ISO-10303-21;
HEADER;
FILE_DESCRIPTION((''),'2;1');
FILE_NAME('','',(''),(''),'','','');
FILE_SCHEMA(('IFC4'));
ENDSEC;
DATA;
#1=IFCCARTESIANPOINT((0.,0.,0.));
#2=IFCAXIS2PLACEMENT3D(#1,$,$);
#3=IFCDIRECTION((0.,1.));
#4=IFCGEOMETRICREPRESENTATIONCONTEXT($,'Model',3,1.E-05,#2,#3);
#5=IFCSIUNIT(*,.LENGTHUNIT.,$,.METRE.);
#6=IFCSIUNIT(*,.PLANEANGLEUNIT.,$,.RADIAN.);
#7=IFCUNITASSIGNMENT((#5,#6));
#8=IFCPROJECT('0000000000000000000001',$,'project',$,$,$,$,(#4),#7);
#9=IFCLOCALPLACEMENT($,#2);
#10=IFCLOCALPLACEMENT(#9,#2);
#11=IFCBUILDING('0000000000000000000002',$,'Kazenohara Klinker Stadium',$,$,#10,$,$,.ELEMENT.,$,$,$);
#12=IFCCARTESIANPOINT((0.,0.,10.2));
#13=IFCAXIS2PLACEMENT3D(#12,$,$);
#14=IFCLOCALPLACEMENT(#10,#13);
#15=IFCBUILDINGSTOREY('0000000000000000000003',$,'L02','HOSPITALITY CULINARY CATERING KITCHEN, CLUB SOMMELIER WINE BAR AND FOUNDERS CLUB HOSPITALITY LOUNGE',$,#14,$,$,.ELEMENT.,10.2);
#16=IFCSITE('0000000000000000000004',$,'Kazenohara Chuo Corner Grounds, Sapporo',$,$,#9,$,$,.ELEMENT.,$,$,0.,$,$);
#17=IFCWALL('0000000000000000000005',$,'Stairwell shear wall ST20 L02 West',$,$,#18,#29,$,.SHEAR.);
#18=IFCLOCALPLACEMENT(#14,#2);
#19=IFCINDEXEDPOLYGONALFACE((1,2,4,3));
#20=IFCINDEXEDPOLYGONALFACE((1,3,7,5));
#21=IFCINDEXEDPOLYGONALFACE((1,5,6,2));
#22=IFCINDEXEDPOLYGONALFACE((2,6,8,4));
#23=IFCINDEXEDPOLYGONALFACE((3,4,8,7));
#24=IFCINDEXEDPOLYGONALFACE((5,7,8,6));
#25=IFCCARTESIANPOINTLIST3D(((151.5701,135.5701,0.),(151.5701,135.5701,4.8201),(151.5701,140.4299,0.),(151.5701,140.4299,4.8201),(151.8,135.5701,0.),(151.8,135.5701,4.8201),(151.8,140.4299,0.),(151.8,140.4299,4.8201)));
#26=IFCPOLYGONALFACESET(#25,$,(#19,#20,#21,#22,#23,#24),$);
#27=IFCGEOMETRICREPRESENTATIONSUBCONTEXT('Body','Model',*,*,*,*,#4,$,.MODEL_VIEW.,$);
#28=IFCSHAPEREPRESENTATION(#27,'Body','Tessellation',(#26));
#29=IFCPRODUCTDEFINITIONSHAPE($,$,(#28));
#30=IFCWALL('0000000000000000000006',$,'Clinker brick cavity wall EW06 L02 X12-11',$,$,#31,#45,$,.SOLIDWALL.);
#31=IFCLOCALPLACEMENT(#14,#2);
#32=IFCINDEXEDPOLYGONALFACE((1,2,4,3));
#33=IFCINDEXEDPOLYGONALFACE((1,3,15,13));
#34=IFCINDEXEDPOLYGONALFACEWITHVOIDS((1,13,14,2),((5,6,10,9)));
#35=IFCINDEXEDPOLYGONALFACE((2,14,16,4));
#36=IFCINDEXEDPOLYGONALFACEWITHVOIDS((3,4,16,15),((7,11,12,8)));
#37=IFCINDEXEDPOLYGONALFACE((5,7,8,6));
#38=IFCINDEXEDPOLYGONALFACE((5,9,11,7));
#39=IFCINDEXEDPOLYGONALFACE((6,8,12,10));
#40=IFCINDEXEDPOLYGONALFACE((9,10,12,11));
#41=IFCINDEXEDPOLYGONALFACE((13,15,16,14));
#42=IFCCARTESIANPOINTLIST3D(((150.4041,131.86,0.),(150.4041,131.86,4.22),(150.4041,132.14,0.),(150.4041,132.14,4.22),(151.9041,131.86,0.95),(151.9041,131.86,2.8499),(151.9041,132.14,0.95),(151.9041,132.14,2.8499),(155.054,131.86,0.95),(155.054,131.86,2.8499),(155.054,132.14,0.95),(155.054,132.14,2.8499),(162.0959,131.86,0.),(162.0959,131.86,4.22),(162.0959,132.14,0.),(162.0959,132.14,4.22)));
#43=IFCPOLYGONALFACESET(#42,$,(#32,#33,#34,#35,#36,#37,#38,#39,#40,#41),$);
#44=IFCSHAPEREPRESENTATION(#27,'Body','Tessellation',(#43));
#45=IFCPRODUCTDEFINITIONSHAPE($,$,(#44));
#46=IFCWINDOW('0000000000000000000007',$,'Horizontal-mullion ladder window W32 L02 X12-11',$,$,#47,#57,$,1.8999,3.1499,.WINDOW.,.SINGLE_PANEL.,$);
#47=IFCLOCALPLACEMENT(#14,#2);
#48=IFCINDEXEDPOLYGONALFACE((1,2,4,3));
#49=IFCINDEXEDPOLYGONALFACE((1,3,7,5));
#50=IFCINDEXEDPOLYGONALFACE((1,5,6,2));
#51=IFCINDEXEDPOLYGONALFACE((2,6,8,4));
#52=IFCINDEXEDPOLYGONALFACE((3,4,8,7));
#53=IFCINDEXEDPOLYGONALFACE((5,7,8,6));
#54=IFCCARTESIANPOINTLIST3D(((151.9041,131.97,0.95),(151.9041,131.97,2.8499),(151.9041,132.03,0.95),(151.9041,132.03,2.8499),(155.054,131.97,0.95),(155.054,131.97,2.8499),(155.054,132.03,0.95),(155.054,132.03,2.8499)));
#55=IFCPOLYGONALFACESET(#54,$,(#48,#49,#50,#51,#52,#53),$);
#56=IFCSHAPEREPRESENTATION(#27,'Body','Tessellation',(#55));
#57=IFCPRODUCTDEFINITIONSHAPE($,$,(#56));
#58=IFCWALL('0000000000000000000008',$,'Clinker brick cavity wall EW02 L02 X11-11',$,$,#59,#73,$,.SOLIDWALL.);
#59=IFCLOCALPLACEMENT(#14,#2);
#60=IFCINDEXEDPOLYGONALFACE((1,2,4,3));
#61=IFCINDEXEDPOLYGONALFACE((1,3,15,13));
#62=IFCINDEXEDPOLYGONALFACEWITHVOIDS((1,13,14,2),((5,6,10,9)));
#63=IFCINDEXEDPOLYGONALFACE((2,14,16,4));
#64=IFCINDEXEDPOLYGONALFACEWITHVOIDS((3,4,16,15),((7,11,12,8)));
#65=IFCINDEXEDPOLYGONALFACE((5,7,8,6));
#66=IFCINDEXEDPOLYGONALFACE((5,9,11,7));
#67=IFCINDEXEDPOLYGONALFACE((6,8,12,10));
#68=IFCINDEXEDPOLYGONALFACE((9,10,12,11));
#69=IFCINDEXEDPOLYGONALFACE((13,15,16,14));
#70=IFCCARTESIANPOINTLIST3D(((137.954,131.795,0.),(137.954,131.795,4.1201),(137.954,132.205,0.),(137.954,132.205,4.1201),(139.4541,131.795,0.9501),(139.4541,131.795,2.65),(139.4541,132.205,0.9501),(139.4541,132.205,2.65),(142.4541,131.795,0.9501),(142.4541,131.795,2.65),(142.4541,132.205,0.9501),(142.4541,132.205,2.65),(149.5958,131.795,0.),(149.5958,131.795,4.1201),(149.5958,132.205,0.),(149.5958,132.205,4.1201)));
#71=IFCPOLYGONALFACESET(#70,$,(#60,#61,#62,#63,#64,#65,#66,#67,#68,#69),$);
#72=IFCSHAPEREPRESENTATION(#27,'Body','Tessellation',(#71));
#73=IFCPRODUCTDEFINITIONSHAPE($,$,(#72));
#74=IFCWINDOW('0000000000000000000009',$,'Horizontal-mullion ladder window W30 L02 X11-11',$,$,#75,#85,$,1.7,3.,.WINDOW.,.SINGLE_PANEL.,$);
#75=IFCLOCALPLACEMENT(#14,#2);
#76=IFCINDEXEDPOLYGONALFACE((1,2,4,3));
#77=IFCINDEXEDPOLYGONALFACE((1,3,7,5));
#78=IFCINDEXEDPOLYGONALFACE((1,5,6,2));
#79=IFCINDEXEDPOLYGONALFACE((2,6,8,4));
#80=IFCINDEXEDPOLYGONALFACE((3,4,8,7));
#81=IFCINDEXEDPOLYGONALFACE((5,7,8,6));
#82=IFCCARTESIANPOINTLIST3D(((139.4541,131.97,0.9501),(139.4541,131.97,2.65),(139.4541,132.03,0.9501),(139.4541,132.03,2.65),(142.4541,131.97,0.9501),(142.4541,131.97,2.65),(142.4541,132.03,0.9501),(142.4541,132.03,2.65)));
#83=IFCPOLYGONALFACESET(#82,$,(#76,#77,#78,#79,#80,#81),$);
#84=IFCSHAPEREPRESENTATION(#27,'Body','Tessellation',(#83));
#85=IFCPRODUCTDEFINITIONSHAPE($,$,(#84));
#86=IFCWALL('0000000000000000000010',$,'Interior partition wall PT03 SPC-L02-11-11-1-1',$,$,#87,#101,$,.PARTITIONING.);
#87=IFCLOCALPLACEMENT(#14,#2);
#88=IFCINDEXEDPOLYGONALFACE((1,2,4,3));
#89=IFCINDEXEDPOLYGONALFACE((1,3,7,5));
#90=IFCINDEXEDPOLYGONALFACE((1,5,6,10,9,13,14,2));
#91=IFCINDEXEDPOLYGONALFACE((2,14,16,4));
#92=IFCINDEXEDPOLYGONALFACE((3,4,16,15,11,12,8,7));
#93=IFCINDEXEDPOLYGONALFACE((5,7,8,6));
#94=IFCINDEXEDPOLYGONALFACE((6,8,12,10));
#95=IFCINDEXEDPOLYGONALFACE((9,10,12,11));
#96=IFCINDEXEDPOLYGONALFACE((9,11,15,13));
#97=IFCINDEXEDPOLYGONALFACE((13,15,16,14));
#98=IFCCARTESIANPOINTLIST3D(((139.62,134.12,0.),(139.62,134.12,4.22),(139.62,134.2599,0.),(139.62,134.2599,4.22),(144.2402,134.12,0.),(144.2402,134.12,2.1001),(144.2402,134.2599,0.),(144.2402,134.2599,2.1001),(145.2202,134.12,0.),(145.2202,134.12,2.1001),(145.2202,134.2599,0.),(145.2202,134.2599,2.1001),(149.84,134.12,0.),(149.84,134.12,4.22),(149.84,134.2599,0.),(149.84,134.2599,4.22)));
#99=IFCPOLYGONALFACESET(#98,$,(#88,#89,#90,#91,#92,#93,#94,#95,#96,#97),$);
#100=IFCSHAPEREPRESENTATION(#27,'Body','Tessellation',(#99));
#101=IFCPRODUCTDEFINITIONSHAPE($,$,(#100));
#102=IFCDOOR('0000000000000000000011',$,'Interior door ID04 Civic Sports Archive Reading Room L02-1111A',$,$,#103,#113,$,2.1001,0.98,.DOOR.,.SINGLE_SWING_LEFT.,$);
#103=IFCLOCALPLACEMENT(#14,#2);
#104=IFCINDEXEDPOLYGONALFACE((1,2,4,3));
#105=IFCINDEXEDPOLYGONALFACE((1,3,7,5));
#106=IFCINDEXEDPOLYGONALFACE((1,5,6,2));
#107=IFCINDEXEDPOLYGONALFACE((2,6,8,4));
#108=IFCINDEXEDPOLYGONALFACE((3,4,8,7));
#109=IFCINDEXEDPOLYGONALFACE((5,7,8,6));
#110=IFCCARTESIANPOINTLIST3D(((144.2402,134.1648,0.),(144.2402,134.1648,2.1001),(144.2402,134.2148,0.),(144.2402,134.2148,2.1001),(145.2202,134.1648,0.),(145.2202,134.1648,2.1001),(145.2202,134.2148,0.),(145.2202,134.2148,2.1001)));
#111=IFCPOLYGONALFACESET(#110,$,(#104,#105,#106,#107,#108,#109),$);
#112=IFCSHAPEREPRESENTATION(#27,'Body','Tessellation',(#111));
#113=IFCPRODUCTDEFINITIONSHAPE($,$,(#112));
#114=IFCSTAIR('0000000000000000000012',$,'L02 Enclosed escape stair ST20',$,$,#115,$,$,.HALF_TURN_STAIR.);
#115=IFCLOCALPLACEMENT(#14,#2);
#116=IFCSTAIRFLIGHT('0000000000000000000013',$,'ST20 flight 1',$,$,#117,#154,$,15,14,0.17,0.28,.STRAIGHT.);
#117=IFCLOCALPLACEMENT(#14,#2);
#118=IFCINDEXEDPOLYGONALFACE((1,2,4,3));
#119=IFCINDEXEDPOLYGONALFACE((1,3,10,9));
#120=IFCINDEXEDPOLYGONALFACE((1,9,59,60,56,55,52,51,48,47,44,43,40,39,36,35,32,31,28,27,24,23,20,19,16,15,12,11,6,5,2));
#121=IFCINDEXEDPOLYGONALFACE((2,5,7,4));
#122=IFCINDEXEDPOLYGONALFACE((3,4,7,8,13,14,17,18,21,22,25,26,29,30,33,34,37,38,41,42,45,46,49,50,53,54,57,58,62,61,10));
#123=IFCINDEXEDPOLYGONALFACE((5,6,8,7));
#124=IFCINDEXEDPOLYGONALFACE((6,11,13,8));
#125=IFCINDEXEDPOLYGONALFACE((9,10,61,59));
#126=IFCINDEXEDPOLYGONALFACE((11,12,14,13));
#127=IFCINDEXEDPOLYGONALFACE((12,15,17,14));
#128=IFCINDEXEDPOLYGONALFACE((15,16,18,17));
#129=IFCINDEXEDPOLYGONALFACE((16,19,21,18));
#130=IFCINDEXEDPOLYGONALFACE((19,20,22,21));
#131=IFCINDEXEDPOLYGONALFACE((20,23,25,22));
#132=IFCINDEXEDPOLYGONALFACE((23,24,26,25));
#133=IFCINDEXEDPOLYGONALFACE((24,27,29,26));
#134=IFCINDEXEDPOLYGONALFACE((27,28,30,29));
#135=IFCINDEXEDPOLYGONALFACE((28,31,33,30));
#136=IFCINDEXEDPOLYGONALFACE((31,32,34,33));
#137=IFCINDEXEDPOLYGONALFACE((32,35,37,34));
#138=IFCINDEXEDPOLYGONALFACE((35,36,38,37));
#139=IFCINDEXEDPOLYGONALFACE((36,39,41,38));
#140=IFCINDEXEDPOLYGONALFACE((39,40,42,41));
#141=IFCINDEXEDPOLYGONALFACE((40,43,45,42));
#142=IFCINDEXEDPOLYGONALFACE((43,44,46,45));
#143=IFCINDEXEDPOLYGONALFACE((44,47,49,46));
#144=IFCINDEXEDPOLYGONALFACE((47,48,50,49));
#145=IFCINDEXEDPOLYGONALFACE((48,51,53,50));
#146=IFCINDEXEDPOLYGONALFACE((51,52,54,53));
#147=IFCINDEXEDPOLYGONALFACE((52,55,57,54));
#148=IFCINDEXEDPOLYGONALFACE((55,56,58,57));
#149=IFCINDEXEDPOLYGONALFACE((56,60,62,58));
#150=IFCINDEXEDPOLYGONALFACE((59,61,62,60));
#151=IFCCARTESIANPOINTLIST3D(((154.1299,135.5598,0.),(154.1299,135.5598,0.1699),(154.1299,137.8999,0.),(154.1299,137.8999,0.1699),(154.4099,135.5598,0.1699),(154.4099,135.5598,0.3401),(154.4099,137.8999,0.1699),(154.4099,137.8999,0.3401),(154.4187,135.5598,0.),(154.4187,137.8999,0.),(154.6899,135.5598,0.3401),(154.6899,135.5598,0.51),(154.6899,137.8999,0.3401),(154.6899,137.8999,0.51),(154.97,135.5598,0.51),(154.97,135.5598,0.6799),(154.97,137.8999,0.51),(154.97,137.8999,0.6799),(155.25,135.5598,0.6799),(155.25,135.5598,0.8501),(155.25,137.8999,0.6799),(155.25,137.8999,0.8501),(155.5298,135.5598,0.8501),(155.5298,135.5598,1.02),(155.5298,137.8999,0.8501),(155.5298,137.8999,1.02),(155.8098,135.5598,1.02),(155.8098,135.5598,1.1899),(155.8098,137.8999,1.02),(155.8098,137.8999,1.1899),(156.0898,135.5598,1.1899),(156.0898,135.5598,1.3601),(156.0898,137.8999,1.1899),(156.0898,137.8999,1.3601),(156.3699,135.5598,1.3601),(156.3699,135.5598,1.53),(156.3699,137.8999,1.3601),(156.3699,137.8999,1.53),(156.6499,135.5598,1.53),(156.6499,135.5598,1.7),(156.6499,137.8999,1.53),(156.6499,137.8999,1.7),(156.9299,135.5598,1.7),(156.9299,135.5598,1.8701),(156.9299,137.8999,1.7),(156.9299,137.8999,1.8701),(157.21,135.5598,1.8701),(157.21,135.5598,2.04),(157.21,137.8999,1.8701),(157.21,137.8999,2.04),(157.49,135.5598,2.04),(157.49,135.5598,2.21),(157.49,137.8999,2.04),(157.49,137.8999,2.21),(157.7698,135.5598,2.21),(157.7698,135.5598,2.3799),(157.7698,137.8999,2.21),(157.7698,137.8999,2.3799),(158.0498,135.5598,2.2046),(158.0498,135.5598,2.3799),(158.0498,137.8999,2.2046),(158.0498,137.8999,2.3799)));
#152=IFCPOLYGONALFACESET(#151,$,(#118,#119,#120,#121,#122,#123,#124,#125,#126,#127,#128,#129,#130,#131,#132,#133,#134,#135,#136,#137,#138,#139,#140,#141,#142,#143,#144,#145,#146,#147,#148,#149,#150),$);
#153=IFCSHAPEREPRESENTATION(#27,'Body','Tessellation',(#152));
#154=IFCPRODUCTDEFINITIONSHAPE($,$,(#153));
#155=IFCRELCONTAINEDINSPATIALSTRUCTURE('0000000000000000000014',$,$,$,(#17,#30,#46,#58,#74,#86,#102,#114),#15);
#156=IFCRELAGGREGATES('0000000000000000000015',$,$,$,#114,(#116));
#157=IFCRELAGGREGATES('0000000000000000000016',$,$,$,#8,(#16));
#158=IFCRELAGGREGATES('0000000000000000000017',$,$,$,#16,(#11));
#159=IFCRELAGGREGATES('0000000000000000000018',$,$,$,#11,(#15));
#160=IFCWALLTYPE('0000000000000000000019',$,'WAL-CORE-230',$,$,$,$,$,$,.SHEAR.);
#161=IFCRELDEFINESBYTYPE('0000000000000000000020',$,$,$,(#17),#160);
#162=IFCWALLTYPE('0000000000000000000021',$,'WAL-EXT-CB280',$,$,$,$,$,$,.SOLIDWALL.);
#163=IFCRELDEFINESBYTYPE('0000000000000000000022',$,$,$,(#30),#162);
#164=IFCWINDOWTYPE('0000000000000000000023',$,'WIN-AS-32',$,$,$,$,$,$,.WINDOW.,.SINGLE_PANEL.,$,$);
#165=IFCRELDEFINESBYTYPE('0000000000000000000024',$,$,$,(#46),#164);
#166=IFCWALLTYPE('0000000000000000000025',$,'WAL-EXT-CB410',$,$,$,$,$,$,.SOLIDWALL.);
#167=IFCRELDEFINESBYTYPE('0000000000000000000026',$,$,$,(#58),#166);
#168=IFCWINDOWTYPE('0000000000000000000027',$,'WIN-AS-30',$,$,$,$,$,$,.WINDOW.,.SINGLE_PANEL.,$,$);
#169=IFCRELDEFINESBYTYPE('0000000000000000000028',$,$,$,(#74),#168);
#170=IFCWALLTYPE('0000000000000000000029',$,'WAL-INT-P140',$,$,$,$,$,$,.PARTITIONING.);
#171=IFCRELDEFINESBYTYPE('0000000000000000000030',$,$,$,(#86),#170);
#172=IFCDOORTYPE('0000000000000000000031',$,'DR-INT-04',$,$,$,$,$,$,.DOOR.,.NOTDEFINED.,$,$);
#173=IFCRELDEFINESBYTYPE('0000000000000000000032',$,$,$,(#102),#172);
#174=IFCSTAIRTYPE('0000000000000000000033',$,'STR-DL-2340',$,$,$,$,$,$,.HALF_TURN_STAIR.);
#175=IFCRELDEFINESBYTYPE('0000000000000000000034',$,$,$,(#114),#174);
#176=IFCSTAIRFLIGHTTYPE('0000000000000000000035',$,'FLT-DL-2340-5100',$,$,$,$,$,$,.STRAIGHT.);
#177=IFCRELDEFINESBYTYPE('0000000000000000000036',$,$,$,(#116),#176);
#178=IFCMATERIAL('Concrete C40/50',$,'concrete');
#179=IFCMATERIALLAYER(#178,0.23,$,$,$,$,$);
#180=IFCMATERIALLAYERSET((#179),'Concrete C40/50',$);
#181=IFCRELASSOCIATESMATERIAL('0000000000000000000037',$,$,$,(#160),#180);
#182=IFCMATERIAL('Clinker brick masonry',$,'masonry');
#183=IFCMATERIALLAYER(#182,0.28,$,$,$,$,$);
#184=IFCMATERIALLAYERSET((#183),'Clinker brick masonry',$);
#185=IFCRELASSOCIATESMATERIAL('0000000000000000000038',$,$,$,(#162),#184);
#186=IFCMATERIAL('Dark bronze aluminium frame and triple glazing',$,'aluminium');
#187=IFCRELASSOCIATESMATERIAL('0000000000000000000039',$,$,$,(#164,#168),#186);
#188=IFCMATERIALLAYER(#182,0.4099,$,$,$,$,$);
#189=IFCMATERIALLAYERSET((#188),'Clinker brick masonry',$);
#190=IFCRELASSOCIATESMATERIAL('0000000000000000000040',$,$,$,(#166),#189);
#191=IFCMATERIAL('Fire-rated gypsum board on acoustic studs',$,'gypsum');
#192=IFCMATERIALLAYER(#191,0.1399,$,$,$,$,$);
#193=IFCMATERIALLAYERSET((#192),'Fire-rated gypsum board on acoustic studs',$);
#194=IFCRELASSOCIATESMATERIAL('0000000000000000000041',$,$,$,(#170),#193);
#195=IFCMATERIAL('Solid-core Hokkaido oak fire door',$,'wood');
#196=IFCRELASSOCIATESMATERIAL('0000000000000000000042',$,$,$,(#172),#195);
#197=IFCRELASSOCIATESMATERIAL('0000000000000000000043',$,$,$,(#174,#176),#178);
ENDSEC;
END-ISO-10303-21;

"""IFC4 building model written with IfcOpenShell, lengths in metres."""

from ifc_helpers import new_model, si_unit, direction, frame, frame_2d, origin, place, context, subcontext, project, spatial, polyline, rectangle, outline, extrude, material, layer, layer_set, type_object, element, fill, aggregate, save


model = new_model("IFC4")

# Units and contexts
model_context = context("Model", 3, precision=1e-05, world=origin(), true_north=direction((0.0, 1.0)))
body_context = subcontext(model_context, "Body", "Model", "MODEL_VIEW")
ifc_project = project(units=[si_unit("LENGTHUNIT", "METRE"), si_unit("PLANEANGLEUNIT", "RADIAN")], contexts=[model_context])

# Site, building, storey
site_placement = place(None, origin())
site = spatial("IfcSite", under=ifc_project, at=site_placement, Name="Kazenohara Chuo Corner Grounds, Sapporo", CompositionType="ELEMENT", RefElevation=0.0)
building_placement = place(site_placement, origin())
building = spatial("IfcBuilding", under=site, at=building_placement, Name="Kazenohara Klinker Stadium", CompositionType="ELEMENT")
storey_placement = place(building_placement, frame((0.0, 0.0, 10.2)))
storey = spatial("IfcBuildingStorey", under=building, at=storey_placement, Name="L02", Description="HOSPITALITY CULINARY CATERING KITCHEN, CLUB SOMMELIER WINE BAR AND FOUNDERS CLUB HOSPITALITY LOUNGE", CompositionType="ELEMENT", Elevation=10.2)

# Shared definitions
ifc_material_1 = material(Name="Concrete C40/50", Category="concrete")

# Shared definitions
ifc_layer_1 = layer(ifc_material_1, 0.23)
ifc_layer_set_1 = layer_set([ifc_layer_1], Name="Concrete C40/50")
wall_type_1 = type_object("IfcWallType", Name="WAL-CORE-230", PredefinedType="SHEAR", material=ifc_layer_set_1)

# Wall
wall_1_placement = place(storey_placement, frame((151.6851, 135.5701, 0.0), z_axis=(0.0, 0.0, 1.0), x_axis=(0.0, 1.0, 0.0)))
element("IfcWall", 1, at=wall_1_placement, inside=storey, type_object=wall_type_1, Name="Stairwell shear wall ST20 L02 West", PredefinedType="SHEAR", context=body_context, shape_type="SweptSolid", body=[
    extrude(rectangle(XDim=4.8599, YDim=0.23, at=frame_2d((2.4299, 0.0))), origin(), (0.0, 0.0, 1.0), 4.8201),
])

# Walls, openings, windows
ifc_material_2 = material(Name="Clinker brick masonry", Category="masonry")
ifc_layer_2 = layer(ifc_material_2, 0.28)
ifc_layer_set_2 = layer_set([ifc_layer_2], Name="Clinker brick masonry")
wall_type_2 = type_object("IfcWallType", Name="WAL-EXT-CB280", PredefinedType="SOLIDWALL", material=ifc_layer_set_2)
wall_2_placement = place(storey_placement, frame((150.4041, 132.0, 0.0), z_axis=(0.0, 0.0, 1.0), x_axis=(1.0, 0.0, 0.0)))
wall_2 = element("IfcWall", 2, at=wall_2_placement, inside=storey, type_object=wall_type_2, Name="Clinker brick cavity wall EW06 L02 X12-11", PredefinedType="SOLIDWALL", context=body_context, shape_type="SweptSolid", body=[
    extrude(rectangle(XDim=11.6919, YDim=0.28, at=frame_2d((5.8459, 0.0))), origin(), (0.0, 0.0, 1.0), 4.22),
])
opening_1_placement = place(wall_2_placement, frame((1.5, 0.0, 0.95)))
opening_1 = element("IfcOpeningElement", 3, at=opening_1_placement, cuts=wall_2, PredefinedType="OPENING", context=body_context, shape_type="SweptSolid", body=[
    extrude(rectangle(XDim=3.1499, YDim=1.8999, at=frame_2d((1.575, 0.95))), frame((0.0, 0.1499, 0.0), z_axis=(0.0, -1.0, 0.0), x_axis=(1.0, 0.0, 0.0)), (0.0, 0.0, 1.0), 0.3),
])
ifc_material_3 = material(Name="Dark bronze aluminium frame and triple glazing", Category="aluminium")
window_type_1 = type_object("IfcWindowType", Name="WIN-AS-32", PartitioningType="SINGLE_PANEL", PredefinedType="WINDOW", material=ifc_material_3)
window_1_placement = place(opening_1_placement, origin())
window_1 = element("IfcWindow", 4, at=window_1_placement, inside=storey, type_object=window_type_1, Name="Horizontal-mullion ladder window W32 L02 X12-11", OverallHeight=1.8999, OverallWidth=3.1499, PartitioningType="SINGLE_PANEL", PredefinedType="WINDOW", context=body_context, shape_type="SweptSolid", body=[
    extrude(rectangle(XDim=3.1499, YDim=1.8999, at=frame_2d((1.575, 0.95))), frame((0.0, 0.03, 0.0), z_axis=(0.0, -1.0, 0.0), x_axis=(1.0, 0.0, 0.0)), (0.0, 0.0, 1.0), 0.0601),
])
fill(opening_1, window_1)
ifc_layer_3 = layer(ifc_material_2, 0.4099)
ifc_layer_set_3 = layer_set([ifc_layer_3], Name="Clinker brick masonry")
wall_type_3 = type_object("IfcWallType", Name="WAL-EXT-CB410", PredefinedType="SOLIDWALL", material=ifc_layer_set_3)
wall_3_placement = place(storey_placement, frame((137.9541, 132.0, 0.0), z_axis=(0.0, 0.0, 1.0), x_axis=(1.0, 0.0, 0.0)))
wall_3 = element("IfcWall", 5, at=wall_3_placement, inside=storey, type_object=wall_type_3, Name="Clinker brick cavity wall EW02 L02 X11-11", PredefinedType="SOLIDWALL", context=body_context, shape_type="SweptSolid", body=[
    extrude(rectangle(XDim=11.6418, YDim=0.4099, at=frame_2d((5.8208, 0.0))), origin(), (0.0, 0.0, 1.0), 4.1201),
])
opening_2_placement = place(wall_3_placement, frame((1.5, 0.0, 0.95)))
opening_2 = element("IfcOpeningElement", 6, at=opening_2_placement, cuts=wall_3, PredefinedType="OPENING", context=body_context, shape_type="SweptSolid", body=[
    extrude(rectangle(XDim=3.0, YDim=1.7, at=frame_2d((1.5, 0.8501))), frame((0.0, 0.2148, 0.0), z_axis=(0.0, -1.0, 0.0), x_axis=(1.0, 0.0, 0.0)), (0.0, 0.0, 1.0), 0.4299),
])
window_type_2 = type_object("IfcWindowType", Name="WIN-AS-30", PartitioningType="SINGLE_PANEL", PredefinedType="WINDOW", material=ifc_material_3)
window_2_placement = place(opening_2_placement, origin())
window_2 = element("IfcWindow", 7, at=window_2_placement, inside=storey, type_object=window_type_2, Name="Horizontal-mullion ladder window W30 L02 X11-11", OverallHeight=1.7, OverallWidth=3.0, PartitioningType="SINGLE_PANEL", PredefinedType="WINDOW", context=body_context, shape_type="SweptSolid", body=[
    extrude(rectangle(XDim=3.0, YDim=1.7, at=frame_2d((1.5, 0.8501))), frame((0.0, 0.03, 0.0), z_axis=(0.0, -1.0, 0.0), x_axis=(1.0, 0.0, 0.0)), (0.0, 0.0, 1.0), 0.0601),
])
fill(opening_2, window_2)

# Wall, opening, door
ifc_material_4 = material(Name="Fire-rated gypsum board on acoustic studs", Category="gypsum")
ifc_layer_4 = layer(ifc_material_4, 0.1399)
ifc_layer_set_4 = layer_set([ifc_layer_4], Name="Fire-rated gypsum board on acoustic studs")
wall_type_4 = type_object("IfcWallType", Name="WAL-INT-P140", PredefinedType="PARTITIONING", material=ifc_layer_set_4)
wall_4_placement = place(storey_placement, frame((139.6201, 134.1899, 0.0), z_axis=(0.0, 0.0, 1.0), x_axis=(1.0, 0.0, 0.0)))
wall_4 = element("IfcWall", 8, at=wall_4_placement, inside=storey, type_object=wall_type_4, Name="Interior partition wall PT03 SPC-L02-11-11-1-1", PredefinedType="PARTITIONING", context=body_context, shape_type="SweptSolid", body=[
    extrude(rectangle(XDim=10.22, YDim=0.1399, at=frame_2d((5.1099, 0.0))), origin(), (0.0, 0.0, 1.0), 4.22),
])
opening_3_placement = place(wall_4_placement, frame((4.6201, 0.0, 0.0)))
opening_3 = element("IfcOpeningElement", 9, at=opening_3_placement, cuts=wall_4, PredefinedType="OPENING", context=body_context, shape_type="SweptSolid", body=[
    extrude(rectangle(XDim=0.98, YDim=2.1001, at=frame_2d((0.49, 1.05))), frame((0.0, 0.0801, 0.0), z_axis=(0.0, -1.0, 0.0), x_axis=(1.0, 0.0, 0.0)), (0.0, 0.0, 1.0), 0.1599),
])
ifc_material_5 = material(Name="Solid-core Hokkaido oak fire door", Category="wood")
door_type_1 = type_object("IfcDoorType", Name="DR-INT-04", OperationType="NOTDEFINED", PredefinedType="DOOR", material=ifc_material_5)
door_1_placement = place(opening_3_placement, origin())
door_1 = element("IfcDoor", 10, at=door_1_placement, inside=storey, type_object=door_type_1, Name="Interior door ID04 Civic Sports Archive Reading Room L02-1111A", OperationType="SINGLE_SWING_LEFT", OverallHeight=2.1001, OverallWidth=0.98, PredefinedType="DOOR", context=body_context, shape_type="SweptSolid", body=[
    extrude(rectangle(XDim=0.98, YDim=2.1001, at=frame_2d((0.49, 1.05))), frame((0.0, 0.0249, 0.0), z_axis=(0.0, -1.0, 0.0), x_axis=(1.0, 0.0, 0.0)), (0.0, 0.0, 1.0), 0.05),
])
fill(opening_3, door_1)

# Stair, stair flight
stair_type = type_object("IfcStairType", Name="STR-DL-2340", PredefinedType="HALF_TURN_STAIR", material=ifc_material_1)
stair_placement = place(storey_placement, origin())
stair = element("IfcStair", 11, at=stair_placement, inside=storey, type_object=stair_type, Name="L02 Enclosed escape stair ST20", PredefinedType="HALF_TURN_STAIR")
stair_flight_type = type_object("IfcStairFlightType", Name="FLT-DL-2340-5100", PredefinedType="STRAIGHT", material=ifc_material_1)
stair_flight_placement = place(storey_placement, frame((154.1299, 136.73, 0.0), z_axis=(0.0, 0.0, 1.0), x_axis=(1.0, 0.0, 0.0)))
stair_flight = element("IfcStairFlight", 12, at=stair_flight_placement, type_object=stair_flight_type, Name="ST20 flight 1", NumberOfRisers=15, NumberOfTreads=14, PredefinedType="STRAIGHT", RiserHeight=0.17, TreadLength=0.28, context=body_context, shape_type="SweptSolid", body=[
    extrude(outline(polyline([(0.0, 0.0), (0.0, 0.1699), (0.28, 0.1699), (0.28, 0.3401), (0.5601, 0.3401), (0.5601, 0.51), (0.8401, 0.51), (0.8401, 0.6799), (1.1201, 0.6799), (1.1201, 0.8501), (1.3999, 0.8501), (1.3999, 1.02), (1.6799, 1.02), (1.6799, 1.1899), (1.96, 1.1899), (1.96, 1.3601), (2.24, 1.3601), (2.24, 1.53), (2.52, 1.53), (2.52, 1.7), (2.8, 1.7), (2.8, 1.8701), (3.0801, 1.8701), (3.0801, 2.04), (3.3601, 2.04), (3.3601, 2.21), (3.6399, 2.21), (3.6399, 2.3799), (3.9199, 2.3799), (3.9199, 2.55), (3.9199, 2.2046), (0.2888, 0.0), (0.0, 0.0)])), frame((0.0, 1.1699, 0.0), z_axis=(0.0, -1.0, 0.0), x_axis=(1.0, 0.0, 0.0)), (0.0, 0.0, 1.0), 2.3401),
])
aggregate(stair, [stair_flight])

save(model, "model.ifc")
